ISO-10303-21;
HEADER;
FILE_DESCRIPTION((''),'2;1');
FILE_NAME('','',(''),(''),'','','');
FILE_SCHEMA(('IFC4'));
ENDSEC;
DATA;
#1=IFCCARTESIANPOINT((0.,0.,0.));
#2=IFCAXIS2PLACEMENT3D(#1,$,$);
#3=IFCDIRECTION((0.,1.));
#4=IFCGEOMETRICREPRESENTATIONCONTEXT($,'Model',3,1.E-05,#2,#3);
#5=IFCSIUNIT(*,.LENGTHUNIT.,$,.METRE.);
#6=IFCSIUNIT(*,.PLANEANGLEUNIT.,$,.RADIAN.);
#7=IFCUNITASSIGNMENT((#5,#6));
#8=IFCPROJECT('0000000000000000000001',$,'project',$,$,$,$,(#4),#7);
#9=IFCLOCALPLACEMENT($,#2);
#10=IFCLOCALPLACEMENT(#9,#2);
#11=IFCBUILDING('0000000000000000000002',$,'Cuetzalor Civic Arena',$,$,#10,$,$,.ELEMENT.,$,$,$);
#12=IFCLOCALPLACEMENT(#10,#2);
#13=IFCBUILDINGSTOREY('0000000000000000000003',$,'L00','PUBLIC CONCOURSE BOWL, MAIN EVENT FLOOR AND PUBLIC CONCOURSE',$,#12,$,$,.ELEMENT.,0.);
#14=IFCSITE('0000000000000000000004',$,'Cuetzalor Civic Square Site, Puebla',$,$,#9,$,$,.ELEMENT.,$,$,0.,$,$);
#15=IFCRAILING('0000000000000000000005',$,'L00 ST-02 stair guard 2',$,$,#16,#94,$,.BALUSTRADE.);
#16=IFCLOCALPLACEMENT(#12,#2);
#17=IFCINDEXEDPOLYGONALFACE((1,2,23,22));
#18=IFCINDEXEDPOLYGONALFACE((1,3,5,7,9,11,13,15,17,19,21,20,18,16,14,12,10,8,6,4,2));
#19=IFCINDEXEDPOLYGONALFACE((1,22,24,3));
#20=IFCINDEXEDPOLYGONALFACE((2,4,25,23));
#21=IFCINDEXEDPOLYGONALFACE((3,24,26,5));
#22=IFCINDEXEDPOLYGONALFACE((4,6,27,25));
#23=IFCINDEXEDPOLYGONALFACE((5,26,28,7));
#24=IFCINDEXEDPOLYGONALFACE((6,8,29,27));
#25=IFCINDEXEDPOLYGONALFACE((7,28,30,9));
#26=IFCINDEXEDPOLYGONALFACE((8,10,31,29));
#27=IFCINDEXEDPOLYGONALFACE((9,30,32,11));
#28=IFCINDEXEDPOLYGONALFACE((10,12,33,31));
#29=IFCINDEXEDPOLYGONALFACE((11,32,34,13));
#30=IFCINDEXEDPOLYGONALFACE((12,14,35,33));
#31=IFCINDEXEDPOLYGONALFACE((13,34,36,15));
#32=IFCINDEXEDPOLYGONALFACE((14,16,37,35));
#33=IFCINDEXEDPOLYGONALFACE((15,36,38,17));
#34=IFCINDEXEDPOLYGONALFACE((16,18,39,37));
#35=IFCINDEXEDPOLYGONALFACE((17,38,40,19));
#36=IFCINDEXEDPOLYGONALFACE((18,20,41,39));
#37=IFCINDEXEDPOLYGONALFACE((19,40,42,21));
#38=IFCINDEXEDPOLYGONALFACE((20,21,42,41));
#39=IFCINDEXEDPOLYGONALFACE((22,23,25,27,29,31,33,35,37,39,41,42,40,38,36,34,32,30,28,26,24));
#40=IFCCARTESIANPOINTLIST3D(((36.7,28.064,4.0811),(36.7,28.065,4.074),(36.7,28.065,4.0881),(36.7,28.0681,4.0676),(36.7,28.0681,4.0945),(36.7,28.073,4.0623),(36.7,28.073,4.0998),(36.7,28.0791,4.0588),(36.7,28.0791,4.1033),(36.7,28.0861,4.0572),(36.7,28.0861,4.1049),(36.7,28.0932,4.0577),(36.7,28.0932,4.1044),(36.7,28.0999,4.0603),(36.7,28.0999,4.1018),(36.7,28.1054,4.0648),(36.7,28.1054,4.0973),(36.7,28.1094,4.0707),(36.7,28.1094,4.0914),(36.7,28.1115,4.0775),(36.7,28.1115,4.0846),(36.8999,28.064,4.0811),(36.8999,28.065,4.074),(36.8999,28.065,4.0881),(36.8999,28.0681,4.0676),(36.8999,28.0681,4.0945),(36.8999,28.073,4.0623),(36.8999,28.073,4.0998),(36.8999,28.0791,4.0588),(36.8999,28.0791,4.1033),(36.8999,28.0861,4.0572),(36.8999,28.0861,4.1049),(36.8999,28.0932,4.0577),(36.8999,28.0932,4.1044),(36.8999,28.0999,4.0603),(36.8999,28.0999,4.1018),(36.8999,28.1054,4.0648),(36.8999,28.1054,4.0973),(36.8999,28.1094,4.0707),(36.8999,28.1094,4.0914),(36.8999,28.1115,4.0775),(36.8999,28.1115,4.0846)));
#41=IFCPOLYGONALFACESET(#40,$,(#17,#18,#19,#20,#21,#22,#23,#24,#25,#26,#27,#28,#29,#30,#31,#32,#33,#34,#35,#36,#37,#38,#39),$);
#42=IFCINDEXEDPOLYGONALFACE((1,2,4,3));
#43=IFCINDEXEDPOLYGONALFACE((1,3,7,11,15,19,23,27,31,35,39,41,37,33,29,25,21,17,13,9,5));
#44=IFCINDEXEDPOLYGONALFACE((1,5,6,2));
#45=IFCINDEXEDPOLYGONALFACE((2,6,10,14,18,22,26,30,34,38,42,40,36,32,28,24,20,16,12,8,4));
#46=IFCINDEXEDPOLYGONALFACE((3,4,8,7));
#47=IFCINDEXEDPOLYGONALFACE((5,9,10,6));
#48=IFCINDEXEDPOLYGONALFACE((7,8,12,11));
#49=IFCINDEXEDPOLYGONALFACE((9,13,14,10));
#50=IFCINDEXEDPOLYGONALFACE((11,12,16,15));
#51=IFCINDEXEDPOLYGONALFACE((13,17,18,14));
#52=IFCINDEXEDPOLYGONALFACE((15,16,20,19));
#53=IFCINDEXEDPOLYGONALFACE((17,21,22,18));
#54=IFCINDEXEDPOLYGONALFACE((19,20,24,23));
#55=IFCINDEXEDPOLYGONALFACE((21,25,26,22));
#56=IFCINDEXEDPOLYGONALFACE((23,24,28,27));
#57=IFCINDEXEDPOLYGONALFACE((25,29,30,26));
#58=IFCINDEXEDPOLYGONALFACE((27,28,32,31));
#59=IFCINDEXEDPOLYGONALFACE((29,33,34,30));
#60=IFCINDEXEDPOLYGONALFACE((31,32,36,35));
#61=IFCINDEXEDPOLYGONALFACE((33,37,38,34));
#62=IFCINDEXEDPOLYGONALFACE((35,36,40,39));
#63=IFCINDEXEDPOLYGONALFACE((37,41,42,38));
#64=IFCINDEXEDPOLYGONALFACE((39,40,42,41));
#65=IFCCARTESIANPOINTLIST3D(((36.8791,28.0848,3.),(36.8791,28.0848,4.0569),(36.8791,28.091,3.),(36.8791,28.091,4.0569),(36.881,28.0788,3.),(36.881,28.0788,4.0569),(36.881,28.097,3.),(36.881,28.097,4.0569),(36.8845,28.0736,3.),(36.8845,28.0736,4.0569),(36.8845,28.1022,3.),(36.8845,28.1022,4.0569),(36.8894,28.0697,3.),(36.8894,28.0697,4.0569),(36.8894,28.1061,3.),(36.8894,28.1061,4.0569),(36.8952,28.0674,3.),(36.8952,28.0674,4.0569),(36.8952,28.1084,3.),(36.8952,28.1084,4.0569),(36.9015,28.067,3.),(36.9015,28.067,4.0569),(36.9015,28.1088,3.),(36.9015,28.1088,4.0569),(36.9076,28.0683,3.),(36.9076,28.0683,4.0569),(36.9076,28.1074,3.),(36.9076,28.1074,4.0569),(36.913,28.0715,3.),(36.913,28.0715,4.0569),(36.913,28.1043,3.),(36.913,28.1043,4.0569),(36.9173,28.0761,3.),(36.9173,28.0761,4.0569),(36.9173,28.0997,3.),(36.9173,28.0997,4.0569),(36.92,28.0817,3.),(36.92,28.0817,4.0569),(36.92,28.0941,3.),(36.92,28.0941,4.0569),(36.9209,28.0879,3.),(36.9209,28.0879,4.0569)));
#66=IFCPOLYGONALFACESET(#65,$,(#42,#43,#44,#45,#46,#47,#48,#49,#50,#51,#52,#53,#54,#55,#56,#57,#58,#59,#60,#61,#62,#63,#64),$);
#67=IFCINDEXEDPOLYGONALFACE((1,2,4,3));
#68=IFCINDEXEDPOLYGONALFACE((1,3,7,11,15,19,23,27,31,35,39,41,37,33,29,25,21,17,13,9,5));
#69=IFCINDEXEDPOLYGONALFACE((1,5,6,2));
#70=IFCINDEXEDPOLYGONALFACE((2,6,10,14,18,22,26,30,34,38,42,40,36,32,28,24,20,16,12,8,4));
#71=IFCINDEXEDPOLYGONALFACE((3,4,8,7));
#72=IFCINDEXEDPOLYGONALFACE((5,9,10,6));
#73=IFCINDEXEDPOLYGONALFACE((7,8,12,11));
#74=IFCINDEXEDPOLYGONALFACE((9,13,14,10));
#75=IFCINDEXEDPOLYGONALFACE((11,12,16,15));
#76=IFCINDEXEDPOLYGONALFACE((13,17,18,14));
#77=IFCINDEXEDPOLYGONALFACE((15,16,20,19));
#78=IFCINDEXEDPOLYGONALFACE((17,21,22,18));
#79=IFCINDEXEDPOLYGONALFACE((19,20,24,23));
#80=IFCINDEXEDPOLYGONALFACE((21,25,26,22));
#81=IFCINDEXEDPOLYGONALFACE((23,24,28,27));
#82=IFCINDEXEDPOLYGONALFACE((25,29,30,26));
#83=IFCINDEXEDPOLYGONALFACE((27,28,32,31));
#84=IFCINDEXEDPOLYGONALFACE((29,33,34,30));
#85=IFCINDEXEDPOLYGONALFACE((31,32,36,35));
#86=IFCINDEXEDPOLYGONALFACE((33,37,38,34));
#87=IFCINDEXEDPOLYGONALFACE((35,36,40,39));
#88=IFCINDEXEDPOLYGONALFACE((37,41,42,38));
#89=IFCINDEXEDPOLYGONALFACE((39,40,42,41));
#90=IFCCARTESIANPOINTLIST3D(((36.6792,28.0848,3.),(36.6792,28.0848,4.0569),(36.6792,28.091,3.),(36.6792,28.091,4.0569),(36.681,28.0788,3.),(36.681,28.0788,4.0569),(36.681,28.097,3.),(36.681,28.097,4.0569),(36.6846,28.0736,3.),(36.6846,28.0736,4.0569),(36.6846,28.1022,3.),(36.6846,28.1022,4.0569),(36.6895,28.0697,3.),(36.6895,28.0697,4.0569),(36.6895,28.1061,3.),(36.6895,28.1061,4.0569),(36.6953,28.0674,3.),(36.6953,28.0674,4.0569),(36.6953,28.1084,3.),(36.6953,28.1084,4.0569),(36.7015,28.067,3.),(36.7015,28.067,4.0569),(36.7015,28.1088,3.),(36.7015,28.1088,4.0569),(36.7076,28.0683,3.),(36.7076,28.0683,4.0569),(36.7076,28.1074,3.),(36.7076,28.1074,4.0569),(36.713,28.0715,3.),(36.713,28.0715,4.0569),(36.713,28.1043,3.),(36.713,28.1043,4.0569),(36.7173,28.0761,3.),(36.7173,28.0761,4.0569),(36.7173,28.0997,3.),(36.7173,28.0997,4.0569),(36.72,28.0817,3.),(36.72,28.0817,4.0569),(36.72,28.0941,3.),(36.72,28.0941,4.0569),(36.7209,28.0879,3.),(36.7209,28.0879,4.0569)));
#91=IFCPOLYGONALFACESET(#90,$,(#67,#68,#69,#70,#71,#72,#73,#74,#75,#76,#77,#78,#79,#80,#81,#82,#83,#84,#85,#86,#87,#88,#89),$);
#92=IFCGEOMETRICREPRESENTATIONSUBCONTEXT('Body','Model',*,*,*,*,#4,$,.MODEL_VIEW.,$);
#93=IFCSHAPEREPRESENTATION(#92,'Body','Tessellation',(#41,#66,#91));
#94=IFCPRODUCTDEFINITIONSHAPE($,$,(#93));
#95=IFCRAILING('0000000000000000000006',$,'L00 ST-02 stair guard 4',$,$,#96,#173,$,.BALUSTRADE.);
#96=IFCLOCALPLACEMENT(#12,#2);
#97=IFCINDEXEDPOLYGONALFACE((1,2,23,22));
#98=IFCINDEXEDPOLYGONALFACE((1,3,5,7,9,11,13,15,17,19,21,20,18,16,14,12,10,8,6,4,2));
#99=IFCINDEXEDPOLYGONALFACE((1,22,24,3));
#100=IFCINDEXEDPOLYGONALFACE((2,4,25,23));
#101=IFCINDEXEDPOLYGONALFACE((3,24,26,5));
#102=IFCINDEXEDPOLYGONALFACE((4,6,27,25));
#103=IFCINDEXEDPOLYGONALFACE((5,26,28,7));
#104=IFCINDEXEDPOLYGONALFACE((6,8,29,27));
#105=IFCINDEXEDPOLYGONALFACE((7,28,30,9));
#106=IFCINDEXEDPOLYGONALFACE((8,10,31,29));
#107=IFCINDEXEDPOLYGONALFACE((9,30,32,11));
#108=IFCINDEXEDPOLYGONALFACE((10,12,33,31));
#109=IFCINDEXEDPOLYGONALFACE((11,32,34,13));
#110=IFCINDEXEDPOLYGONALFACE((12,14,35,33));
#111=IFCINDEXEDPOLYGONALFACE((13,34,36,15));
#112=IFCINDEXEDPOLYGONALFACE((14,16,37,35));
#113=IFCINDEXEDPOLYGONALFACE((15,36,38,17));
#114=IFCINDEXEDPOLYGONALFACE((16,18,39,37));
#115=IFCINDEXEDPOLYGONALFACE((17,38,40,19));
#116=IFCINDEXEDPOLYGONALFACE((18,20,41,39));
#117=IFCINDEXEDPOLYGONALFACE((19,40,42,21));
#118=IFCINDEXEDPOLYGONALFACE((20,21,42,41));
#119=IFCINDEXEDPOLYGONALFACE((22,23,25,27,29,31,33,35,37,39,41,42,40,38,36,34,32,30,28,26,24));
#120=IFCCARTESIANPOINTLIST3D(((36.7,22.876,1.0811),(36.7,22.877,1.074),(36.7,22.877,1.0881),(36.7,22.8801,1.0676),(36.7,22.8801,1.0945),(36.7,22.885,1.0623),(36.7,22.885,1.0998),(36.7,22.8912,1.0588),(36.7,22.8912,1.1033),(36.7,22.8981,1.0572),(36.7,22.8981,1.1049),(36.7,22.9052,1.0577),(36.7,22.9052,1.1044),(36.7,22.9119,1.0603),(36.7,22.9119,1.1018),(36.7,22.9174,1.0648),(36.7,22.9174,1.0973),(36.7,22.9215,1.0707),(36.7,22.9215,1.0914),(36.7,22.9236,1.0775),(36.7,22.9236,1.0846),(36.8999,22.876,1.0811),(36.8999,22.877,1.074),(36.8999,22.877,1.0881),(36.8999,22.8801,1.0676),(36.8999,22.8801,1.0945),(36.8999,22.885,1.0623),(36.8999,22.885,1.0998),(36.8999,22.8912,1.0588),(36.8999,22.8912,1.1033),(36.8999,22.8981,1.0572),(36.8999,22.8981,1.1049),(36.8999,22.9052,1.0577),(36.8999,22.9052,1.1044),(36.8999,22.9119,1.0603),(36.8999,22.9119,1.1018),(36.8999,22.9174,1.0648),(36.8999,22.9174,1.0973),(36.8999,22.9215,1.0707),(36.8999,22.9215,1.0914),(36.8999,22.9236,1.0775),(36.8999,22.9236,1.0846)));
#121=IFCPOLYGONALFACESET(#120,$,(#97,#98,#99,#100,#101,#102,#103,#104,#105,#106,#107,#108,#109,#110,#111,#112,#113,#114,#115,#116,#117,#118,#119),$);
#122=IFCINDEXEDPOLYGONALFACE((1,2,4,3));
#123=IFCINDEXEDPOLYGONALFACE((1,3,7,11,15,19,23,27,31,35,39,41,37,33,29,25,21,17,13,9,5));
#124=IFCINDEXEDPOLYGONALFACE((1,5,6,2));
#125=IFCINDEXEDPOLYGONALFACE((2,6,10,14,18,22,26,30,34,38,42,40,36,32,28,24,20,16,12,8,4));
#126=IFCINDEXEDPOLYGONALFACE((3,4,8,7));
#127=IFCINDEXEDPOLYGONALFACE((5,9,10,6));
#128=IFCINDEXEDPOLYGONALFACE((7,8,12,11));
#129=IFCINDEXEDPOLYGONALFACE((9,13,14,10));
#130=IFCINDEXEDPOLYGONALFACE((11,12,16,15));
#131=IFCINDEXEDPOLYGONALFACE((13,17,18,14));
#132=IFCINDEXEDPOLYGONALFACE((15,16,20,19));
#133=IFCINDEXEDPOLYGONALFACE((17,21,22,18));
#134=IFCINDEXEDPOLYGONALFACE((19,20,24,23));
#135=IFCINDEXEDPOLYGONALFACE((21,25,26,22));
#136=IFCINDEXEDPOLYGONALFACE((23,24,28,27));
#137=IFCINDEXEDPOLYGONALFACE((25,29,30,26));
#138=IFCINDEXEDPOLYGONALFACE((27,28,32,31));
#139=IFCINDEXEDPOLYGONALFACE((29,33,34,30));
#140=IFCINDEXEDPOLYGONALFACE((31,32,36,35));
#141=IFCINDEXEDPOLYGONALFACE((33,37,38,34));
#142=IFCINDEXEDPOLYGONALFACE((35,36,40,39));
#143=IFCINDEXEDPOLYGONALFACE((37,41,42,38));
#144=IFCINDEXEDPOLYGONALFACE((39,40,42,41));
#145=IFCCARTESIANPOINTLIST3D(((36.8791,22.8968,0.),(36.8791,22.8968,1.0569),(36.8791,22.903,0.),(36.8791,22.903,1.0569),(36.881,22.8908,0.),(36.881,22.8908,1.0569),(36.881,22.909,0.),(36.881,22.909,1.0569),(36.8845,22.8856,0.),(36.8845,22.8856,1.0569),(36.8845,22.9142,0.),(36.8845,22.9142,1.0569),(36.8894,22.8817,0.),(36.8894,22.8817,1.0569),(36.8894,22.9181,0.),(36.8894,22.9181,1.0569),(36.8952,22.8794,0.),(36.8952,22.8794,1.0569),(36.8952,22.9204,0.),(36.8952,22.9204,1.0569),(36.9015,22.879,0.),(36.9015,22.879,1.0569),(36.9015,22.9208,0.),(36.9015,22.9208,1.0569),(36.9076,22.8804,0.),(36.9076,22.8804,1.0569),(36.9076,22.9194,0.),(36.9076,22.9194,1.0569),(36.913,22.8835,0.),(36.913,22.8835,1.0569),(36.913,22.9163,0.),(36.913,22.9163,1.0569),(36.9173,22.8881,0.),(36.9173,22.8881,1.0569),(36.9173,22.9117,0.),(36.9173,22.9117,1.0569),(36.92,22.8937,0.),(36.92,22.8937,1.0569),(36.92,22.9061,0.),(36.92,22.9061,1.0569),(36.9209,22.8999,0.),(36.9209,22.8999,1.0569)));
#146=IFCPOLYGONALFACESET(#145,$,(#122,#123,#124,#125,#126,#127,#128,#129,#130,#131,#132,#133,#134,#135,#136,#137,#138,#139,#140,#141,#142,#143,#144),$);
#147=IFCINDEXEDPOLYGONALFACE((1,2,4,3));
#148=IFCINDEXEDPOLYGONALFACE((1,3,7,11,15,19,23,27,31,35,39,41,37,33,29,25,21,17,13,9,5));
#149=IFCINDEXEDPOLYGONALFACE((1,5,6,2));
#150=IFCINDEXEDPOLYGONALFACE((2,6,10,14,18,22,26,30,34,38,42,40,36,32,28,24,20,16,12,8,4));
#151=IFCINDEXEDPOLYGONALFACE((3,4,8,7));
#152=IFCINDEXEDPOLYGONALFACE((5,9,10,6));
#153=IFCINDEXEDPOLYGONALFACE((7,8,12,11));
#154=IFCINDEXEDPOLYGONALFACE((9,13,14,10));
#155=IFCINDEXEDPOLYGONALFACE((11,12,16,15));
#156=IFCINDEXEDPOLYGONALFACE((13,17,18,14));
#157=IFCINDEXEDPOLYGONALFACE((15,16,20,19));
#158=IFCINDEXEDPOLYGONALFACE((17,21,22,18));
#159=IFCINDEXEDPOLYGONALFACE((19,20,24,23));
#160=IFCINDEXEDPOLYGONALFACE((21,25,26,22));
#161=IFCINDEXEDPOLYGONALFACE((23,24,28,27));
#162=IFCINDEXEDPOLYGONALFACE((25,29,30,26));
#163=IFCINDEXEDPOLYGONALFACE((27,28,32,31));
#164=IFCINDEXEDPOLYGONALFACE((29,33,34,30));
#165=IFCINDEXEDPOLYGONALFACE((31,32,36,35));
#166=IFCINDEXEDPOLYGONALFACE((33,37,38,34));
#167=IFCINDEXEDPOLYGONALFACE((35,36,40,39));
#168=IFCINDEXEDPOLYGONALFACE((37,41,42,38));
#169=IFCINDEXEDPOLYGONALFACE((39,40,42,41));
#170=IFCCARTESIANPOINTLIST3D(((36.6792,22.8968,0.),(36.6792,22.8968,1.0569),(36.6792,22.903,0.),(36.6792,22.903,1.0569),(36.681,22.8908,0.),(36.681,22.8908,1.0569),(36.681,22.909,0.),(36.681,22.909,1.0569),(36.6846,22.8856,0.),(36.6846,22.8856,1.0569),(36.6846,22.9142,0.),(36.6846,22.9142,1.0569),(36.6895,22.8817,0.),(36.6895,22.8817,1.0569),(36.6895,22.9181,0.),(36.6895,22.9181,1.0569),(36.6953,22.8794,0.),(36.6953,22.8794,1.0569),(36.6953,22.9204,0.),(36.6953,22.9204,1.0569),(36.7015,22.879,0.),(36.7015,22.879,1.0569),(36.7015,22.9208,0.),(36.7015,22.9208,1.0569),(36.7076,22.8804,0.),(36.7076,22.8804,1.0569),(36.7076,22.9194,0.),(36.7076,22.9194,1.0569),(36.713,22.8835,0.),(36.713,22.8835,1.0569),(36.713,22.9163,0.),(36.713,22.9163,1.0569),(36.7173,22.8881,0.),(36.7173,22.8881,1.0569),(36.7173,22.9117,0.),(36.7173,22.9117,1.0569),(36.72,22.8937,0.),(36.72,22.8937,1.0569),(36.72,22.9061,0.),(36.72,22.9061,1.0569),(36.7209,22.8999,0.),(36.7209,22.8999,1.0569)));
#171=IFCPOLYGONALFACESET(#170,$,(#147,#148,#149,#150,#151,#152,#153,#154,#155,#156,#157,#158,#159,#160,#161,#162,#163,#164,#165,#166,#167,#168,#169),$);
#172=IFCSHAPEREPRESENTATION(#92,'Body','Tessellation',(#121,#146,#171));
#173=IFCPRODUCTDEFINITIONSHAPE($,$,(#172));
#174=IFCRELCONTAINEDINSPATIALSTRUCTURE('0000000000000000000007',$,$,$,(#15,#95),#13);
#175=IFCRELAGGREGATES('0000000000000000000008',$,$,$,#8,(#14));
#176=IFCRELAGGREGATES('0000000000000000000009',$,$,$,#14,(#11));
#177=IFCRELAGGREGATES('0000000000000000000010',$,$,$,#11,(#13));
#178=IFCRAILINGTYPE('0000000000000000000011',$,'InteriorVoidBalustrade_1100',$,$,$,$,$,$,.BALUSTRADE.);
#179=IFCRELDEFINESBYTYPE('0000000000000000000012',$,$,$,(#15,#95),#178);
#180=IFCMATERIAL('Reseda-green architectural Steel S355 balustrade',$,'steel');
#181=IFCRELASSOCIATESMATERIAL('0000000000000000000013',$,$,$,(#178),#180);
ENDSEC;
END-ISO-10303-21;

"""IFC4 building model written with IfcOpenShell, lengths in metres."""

from ifc_helpers import new_model, si_unit, direction, frame, origin, origin_2d, place, context, subcontext, project, spatial, circle, extrude, material, type_object, element, save


model = new_model("IFC4")

# Units and contexts
model_context = context("Model", 3, precision=1e-05, world=origin(), true_north=direction((0.0, 1.0)))
body_context = subcontext(model_context, "Body", "Model", "MODEL_VIEW")
ifc_project = project(units=[si_unit("LENGTHUNIT", "METRE"), si_unit("PLANEANGLEUNIT", "RADIAN")], contexts=[model_context])

# Site, building, storey
site_placement = place(None, origin())
site = spatial("IfcSite", under=ifc_project, at=site_placement, Name="Cuetzalor Civic Square Site, Puebla", CompositionType="ELEMENT", RefElevation=0.0)
building_placement = place(site_placement, origin())
building = spatial("IfcBuilding", under=site, at=building_placement, Name="Cuetzalor Civic Arena", CompositionType="ELEMENT")
storey_placement = place(building_placement, origin())
storey = spatial("IfcBuildingStorey", under=building, at=storey_placement, Name="L00", Description="PUBLIC CONCOURSE BOWL, MAIN EVENT FLOOR AND PUBLIC CONCOURSE", CompositionType="ELEMENT", Elevation=0.0)

# Railings
ifc_material_1 = material(Name="Reseda-green architectural Steel S355 balustrade", Category="steel")
railing_type_1 = type_object("IfcRailingType", Name="InteriorVoidBalustrade_1100", PredefinedType="BALUSTRADE", material=ifc_material_1)
for number, where, name in (
    (1, (36.8999, 28.0879, 3.0), "L00 ST-02 stair guard 2"),
    (2, (36.8999, 22.8999, 0.0), "L00 ST-02 stair guard 4"),
):
    element("IfcRailing", number, at=place(storey_placement, frame(where)), inside=storey, type_object=railing_type_1, Name=name, PredefinedType="BALUSTRADE", context=body_context, shape_type="SweptSolid", body=[
        extrude(circle(Radius=0.0239, at=origin_2d()), frame((0.0, 0.0, 1.0811), z_axis=(-1.0, 0.0, 0.0), x_axis=(0.0, -1.0, 0.0)), (0.0, 0.0, 1.0), 0.2),
        extrude(circle(Radius=0.021, at=origin_2d()), origin(), (0.0, 0.0, 1.0), 1.0569),
        extrude(circle(Radius=0.021, at=origin_2d()), frame((-0.2, 0.0, 0.0)), (0.0, 0.0, 1.0), 1.0569),
    ])

save(model, "model.ifc")
